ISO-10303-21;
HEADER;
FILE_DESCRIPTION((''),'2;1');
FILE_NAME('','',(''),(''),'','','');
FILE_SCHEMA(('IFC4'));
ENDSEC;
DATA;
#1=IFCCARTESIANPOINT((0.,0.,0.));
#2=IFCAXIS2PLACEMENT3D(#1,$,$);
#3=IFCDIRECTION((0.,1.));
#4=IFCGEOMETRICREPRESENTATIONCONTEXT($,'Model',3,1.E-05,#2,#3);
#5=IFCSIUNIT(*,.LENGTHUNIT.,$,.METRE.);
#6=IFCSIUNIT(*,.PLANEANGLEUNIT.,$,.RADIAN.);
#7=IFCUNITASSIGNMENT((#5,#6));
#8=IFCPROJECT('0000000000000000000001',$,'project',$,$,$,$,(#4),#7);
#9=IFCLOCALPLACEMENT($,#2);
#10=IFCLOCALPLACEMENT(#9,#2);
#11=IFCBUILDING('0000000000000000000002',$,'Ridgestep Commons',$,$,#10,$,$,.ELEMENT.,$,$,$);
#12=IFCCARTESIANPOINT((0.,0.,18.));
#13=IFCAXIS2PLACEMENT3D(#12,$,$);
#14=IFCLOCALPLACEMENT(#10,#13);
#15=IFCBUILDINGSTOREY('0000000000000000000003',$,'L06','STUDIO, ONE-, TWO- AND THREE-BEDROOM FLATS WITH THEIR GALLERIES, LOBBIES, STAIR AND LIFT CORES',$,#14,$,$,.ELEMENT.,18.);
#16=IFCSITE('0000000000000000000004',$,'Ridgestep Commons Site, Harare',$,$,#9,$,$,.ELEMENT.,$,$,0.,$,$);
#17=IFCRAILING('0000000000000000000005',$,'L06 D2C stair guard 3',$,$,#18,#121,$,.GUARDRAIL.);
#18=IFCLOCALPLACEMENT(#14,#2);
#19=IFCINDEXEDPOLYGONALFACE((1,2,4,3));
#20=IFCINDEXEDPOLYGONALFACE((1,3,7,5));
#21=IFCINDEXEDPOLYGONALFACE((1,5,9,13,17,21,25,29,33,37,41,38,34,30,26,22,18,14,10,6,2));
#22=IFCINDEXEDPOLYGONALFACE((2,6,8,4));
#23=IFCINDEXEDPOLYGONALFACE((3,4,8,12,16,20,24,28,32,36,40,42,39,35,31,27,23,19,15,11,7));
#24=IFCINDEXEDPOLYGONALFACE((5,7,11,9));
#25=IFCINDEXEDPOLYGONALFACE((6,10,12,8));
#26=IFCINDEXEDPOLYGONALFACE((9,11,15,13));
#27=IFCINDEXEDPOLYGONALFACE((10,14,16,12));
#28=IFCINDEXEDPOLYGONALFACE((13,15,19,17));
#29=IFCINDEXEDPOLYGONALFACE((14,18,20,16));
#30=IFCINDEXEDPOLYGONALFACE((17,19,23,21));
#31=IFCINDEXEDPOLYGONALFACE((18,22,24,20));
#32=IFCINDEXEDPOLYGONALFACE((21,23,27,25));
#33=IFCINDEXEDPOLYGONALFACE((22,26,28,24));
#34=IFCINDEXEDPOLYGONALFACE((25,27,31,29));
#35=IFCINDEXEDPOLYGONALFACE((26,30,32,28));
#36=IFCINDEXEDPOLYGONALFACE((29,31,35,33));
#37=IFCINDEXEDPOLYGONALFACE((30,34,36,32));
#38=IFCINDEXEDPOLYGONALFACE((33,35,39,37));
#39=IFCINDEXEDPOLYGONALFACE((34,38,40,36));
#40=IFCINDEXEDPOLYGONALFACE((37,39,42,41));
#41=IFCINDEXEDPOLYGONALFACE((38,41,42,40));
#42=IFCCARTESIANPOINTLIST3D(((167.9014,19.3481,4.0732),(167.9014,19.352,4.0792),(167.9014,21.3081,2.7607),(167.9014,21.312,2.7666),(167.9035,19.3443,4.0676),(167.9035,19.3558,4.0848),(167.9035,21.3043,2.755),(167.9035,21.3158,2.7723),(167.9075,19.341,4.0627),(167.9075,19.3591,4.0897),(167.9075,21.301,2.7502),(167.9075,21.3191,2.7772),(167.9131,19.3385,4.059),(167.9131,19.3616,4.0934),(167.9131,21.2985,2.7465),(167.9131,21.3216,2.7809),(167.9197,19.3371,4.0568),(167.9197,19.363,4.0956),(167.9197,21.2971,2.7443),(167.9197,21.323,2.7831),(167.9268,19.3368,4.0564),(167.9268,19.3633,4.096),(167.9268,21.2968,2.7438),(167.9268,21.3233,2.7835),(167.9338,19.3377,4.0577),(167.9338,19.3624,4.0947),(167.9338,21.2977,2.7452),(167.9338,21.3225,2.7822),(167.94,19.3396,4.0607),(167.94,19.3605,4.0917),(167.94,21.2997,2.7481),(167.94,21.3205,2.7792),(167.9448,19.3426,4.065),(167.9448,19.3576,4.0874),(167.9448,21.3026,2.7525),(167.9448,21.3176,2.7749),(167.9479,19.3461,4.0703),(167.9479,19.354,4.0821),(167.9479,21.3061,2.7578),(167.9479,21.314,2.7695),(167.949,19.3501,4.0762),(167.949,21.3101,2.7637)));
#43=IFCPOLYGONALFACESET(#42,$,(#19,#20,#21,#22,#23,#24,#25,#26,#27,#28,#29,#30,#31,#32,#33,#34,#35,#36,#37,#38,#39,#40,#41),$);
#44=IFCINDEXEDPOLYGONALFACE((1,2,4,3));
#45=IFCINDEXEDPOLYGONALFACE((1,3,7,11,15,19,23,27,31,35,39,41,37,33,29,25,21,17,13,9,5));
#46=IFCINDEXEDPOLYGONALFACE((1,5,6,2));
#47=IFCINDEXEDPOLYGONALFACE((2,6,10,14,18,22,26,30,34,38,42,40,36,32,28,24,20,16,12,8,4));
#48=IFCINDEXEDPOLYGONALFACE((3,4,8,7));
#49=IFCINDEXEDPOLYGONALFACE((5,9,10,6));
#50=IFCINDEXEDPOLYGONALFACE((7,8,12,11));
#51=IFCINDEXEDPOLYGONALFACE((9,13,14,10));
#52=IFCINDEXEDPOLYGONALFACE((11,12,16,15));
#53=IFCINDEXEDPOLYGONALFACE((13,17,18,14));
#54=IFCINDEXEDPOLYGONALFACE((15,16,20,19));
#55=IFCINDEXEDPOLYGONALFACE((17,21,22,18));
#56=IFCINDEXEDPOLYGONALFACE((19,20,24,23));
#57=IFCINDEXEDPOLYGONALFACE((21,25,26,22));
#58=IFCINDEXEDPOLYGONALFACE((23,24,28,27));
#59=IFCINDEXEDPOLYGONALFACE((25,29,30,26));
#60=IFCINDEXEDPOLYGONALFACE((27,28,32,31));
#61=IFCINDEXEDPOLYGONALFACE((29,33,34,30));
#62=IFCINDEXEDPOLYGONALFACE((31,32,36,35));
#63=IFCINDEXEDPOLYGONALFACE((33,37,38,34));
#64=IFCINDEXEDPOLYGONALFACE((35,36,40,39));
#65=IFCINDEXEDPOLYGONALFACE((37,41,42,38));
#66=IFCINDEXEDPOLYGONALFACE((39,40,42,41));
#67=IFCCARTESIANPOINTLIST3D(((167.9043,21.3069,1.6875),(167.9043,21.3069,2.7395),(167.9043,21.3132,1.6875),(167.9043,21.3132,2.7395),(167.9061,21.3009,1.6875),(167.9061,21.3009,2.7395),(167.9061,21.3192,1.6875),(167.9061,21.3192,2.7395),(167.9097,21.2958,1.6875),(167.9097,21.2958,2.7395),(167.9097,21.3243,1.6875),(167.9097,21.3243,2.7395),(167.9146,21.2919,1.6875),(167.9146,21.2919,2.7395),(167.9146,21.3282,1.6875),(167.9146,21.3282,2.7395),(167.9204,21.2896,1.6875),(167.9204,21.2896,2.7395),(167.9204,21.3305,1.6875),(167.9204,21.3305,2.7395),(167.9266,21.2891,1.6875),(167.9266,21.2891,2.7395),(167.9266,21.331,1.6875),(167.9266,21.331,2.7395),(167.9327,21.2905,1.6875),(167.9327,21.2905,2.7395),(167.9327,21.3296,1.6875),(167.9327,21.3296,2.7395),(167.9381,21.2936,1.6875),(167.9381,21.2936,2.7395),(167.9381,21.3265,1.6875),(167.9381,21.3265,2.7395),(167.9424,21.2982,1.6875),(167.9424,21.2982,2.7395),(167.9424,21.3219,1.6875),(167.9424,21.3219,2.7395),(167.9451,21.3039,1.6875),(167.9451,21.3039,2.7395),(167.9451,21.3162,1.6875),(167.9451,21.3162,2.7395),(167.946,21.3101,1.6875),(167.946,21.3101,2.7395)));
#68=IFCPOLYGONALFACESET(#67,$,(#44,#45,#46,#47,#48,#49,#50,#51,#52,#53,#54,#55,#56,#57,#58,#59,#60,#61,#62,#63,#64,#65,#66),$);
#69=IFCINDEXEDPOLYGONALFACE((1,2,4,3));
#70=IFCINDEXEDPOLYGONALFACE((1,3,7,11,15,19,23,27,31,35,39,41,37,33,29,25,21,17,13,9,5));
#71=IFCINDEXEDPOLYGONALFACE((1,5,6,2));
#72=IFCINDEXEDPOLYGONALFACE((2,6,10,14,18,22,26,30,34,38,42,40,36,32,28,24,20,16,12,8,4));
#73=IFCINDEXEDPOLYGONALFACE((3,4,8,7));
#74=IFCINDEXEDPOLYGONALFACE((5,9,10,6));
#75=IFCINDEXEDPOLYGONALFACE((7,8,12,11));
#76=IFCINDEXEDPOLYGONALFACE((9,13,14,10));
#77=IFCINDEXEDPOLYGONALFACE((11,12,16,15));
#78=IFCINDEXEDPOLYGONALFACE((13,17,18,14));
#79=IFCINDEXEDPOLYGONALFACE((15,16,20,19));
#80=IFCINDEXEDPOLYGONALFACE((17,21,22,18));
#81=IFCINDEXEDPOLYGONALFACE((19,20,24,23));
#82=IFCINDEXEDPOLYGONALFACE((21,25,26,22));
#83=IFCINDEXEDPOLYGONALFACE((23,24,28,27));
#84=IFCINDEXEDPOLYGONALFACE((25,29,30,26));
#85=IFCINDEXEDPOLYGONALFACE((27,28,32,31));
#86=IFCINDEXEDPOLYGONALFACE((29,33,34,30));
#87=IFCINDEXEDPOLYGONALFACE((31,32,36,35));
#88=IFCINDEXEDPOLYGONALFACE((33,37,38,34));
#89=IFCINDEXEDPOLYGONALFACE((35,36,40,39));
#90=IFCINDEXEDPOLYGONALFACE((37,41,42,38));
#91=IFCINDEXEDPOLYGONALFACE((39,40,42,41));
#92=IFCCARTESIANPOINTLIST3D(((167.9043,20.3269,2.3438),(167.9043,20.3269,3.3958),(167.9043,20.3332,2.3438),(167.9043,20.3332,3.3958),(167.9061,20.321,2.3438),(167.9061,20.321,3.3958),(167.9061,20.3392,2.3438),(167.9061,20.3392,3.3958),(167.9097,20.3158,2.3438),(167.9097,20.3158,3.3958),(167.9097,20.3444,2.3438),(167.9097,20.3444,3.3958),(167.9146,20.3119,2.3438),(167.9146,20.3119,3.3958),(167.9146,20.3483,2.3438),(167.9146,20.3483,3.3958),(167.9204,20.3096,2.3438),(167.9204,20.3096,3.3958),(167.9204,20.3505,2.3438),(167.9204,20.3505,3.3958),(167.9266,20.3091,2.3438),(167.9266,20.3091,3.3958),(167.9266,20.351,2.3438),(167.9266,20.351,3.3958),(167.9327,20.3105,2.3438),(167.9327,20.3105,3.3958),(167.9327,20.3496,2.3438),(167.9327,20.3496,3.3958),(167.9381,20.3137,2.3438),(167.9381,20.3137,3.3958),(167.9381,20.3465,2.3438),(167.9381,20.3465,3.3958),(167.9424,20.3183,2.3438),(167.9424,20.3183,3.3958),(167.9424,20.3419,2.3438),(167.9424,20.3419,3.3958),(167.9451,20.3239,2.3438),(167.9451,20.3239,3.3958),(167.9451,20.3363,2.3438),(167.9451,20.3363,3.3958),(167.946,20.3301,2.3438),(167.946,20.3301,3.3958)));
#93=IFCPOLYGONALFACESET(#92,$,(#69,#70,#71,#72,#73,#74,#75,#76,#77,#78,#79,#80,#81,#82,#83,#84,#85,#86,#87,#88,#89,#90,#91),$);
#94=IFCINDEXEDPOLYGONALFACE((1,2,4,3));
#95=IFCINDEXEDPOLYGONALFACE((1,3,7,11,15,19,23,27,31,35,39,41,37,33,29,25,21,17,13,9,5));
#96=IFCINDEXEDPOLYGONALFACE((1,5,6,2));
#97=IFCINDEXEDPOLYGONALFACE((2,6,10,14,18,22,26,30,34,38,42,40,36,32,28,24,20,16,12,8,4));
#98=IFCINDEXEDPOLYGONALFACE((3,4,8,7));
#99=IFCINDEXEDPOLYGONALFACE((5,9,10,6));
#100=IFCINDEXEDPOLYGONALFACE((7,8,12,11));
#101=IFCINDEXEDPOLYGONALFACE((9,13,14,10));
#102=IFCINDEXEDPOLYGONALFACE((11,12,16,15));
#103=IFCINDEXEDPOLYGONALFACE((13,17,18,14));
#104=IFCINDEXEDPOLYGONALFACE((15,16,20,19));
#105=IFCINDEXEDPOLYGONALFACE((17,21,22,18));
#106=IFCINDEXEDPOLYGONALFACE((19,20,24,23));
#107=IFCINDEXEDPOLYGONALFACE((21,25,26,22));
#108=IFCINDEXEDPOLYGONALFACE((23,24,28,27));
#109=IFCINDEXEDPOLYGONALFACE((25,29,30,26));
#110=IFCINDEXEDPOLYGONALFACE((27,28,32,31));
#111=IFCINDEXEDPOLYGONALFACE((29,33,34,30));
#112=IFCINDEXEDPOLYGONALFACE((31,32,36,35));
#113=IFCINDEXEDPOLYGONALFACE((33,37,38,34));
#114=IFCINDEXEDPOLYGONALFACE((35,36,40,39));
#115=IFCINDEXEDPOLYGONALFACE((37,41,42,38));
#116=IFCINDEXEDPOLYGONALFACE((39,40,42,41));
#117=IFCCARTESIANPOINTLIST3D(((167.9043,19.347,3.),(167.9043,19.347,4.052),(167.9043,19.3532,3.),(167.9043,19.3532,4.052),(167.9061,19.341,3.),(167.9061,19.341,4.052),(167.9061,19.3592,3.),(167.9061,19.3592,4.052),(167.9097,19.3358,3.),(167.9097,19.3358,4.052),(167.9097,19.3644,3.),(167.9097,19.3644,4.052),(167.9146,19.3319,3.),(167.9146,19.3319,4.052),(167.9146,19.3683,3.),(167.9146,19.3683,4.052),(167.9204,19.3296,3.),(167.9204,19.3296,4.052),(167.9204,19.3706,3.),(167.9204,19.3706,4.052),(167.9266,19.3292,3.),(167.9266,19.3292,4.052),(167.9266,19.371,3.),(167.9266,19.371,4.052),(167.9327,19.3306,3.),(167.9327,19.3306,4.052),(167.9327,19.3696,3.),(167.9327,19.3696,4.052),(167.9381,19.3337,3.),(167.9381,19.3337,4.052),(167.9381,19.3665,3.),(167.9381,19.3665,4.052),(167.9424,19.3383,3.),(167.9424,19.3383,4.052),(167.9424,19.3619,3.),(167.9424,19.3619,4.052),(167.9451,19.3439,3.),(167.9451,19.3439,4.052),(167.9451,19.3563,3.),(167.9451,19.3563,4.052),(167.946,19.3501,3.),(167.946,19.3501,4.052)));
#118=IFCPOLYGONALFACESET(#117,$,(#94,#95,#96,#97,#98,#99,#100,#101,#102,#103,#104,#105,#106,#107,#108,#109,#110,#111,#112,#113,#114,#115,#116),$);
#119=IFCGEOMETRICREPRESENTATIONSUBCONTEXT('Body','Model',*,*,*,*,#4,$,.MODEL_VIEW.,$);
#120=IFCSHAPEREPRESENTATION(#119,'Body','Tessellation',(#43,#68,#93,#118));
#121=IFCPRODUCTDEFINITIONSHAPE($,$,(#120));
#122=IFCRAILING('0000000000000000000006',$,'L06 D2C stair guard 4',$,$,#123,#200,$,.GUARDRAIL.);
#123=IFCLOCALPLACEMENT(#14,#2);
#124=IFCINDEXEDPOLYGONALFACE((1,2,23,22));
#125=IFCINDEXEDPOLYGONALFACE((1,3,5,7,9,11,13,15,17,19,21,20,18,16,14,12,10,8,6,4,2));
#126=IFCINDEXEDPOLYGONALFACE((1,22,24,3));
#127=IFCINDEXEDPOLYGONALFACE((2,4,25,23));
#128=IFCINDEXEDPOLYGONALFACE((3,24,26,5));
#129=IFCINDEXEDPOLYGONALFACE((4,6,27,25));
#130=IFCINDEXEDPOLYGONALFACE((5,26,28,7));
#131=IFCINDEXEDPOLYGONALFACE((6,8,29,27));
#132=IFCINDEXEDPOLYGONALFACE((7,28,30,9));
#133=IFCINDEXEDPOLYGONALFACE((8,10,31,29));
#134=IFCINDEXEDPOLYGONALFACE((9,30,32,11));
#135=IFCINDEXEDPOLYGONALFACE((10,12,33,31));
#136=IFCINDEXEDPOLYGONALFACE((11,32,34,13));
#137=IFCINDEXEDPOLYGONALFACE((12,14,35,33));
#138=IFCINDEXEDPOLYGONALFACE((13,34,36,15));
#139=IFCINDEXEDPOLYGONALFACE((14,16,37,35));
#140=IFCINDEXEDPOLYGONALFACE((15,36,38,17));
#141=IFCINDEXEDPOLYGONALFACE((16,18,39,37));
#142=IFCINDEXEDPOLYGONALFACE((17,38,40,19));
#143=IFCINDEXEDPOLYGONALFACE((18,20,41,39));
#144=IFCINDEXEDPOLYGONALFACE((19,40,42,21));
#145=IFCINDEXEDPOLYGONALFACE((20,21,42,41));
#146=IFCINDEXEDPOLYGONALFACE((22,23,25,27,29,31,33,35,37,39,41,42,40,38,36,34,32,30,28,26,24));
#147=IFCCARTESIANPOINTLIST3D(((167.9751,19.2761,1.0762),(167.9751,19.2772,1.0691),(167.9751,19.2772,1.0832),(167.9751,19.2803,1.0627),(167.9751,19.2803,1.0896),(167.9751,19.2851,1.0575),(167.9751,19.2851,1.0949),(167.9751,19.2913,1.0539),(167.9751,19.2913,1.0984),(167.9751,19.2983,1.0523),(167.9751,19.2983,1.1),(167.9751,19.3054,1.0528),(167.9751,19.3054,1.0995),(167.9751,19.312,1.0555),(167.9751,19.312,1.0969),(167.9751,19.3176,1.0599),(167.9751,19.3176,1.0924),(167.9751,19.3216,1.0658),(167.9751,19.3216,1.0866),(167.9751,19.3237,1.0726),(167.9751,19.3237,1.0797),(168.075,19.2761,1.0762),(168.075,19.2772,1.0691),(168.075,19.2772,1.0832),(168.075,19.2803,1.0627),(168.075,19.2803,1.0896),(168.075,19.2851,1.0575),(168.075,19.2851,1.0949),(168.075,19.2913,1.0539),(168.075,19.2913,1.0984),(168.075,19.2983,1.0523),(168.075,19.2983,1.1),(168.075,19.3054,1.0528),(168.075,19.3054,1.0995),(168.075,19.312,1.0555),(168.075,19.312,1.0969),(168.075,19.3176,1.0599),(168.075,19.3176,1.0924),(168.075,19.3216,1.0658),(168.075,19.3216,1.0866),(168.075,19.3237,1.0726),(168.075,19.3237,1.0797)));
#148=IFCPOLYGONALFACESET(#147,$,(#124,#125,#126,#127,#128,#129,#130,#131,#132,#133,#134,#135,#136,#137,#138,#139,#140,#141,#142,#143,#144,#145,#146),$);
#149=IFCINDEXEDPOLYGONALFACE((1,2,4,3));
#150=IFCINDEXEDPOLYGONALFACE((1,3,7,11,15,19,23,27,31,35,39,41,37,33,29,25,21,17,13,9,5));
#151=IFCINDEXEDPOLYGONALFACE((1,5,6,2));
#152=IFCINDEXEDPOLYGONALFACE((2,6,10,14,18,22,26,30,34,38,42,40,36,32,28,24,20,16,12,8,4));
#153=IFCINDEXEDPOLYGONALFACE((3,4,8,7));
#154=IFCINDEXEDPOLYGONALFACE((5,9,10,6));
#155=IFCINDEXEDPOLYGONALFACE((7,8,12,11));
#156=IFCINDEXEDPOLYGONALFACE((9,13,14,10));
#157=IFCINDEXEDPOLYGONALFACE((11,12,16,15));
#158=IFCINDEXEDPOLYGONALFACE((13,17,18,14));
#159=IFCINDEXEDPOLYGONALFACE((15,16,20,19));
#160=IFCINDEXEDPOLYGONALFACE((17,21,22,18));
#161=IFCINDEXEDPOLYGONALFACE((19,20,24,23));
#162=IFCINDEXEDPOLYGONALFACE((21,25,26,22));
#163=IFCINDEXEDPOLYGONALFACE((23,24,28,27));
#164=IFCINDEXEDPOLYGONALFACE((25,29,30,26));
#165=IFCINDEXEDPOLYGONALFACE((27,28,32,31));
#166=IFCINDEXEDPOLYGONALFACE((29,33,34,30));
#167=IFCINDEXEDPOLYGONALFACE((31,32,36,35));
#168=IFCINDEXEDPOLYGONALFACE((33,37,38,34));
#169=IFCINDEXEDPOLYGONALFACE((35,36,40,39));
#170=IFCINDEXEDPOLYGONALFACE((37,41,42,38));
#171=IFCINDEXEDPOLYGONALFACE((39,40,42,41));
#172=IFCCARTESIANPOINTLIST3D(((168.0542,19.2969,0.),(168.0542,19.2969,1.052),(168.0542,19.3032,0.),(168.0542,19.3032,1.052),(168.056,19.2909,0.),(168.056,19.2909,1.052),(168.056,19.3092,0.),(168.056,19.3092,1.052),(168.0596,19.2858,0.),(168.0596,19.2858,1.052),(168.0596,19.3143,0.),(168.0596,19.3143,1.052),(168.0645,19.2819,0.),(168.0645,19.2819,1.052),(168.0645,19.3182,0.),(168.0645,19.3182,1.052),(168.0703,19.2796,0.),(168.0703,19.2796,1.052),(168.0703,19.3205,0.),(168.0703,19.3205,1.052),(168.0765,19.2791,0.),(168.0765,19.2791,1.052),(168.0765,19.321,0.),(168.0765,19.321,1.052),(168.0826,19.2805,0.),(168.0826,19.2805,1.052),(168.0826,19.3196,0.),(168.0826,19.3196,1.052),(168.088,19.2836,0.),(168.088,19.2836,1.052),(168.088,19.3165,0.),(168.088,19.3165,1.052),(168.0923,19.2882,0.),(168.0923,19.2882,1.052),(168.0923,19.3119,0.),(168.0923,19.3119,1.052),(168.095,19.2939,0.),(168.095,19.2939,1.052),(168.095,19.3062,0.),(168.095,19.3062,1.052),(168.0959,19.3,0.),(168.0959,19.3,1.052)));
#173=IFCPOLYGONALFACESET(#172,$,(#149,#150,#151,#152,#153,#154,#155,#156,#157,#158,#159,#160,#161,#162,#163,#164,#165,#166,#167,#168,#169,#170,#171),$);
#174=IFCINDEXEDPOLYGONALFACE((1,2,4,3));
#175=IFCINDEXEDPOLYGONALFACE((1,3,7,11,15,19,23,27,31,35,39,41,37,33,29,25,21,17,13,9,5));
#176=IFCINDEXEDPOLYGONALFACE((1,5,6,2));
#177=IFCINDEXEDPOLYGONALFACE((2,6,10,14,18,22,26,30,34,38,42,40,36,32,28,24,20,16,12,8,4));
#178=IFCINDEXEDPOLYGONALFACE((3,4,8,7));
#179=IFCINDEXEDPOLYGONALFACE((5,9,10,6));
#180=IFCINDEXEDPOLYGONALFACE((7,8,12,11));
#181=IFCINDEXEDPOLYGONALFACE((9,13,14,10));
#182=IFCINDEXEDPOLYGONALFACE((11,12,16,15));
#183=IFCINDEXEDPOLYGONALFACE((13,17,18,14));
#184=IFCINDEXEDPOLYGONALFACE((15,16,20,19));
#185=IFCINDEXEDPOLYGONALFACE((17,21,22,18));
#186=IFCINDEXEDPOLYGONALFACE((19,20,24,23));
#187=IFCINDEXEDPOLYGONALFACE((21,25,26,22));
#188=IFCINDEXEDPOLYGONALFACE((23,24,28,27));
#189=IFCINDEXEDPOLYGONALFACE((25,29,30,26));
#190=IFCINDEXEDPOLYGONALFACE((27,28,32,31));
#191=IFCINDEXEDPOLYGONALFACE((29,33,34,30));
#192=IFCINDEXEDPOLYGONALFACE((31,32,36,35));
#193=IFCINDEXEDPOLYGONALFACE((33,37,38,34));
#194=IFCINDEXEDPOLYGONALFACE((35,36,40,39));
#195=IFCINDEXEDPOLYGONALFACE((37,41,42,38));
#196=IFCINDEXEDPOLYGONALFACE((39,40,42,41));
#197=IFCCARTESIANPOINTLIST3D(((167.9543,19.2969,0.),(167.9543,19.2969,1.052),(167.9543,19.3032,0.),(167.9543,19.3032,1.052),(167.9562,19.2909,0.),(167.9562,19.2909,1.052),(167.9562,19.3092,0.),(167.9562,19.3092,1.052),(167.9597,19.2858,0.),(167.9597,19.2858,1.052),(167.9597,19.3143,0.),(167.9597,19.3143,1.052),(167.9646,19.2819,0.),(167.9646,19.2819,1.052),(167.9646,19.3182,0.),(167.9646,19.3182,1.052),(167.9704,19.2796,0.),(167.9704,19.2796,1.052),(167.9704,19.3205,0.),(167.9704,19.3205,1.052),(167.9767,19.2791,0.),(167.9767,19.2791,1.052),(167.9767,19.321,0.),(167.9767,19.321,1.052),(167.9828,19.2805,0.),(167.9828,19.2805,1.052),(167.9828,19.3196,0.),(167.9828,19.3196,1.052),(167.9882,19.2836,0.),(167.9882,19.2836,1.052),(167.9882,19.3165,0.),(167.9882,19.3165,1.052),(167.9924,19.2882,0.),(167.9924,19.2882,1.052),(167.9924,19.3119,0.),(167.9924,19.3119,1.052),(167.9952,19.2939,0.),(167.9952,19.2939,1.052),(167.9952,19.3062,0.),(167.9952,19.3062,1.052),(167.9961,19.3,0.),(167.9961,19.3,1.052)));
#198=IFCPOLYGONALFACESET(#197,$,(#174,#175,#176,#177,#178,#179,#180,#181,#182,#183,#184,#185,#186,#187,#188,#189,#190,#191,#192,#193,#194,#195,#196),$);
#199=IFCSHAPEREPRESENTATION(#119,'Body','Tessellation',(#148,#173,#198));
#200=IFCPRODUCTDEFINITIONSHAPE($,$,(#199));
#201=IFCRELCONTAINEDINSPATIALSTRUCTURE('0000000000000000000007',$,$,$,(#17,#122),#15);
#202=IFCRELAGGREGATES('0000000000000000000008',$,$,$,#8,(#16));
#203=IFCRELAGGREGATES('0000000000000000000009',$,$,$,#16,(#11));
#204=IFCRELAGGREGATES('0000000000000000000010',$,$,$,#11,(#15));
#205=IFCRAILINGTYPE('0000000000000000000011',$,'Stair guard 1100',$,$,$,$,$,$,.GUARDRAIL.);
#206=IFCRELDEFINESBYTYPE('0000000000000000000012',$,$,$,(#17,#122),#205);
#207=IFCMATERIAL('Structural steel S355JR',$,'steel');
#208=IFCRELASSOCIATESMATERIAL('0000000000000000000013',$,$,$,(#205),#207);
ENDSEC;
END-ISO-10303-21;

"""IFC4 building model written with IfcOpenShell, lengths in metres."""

from ifc_helpers import new_model, si_unit, direction, frame, origin, origin_2d, place, context, subcontext, project, spatial, circle, extrude, material, type_object, element, save


model = new_model("IFC4")

# Units and contexts
model_context = context("Model", 3, precision=1e-05, world=origin(), true_north=direction((0.0, 1.0)))
body_context = subcontext(model_context, "Body", "Model", "MODEL_VIEW")
ifc_project = project(units=[si_unit("LENGTHUNIT", "METRE"), si_unit("PLANEANGLEUNIT", "RADIAN")], contexts=[model_context])

# Site, building, storey
site_placement = place(None, origin())
site = spatial("IfcSite", under=ifc_project, at=site_placement, Name="Ridgestep Commons Site, Harare", CompositionType="ELEMENT", RefElevation=0.0)
building_placement = place(site_placement, origin())
building = spatial("IfcBuilding", under=site, at=building_placement, Name="Ridgestep Commons", CompositionType="ELEMENT")
storey_placement = place(building_placement, frame((0.0, 0.0, 18.0)))
storey = spatial("IfcBuildingStorey", under=building, at=storey_placement, Name="L06", Description="STUDIO, ONE-, TWO- AND THREE-BEDROOM FLATS WITH THEIR GALLERIES, LOBBIES, STAIR AND LIFT CORES", CompositionType="ELEMENT", Elevation=18.0)

# Railings
ifc_material_1 = material(Name="Structural steel S355JR", Category="steel")
railing_type_1 = type_object("IfcRailingType", Name="Stair guard 1100", PredefinedType="GUARDRAIL", material=ifc_material_1)
railing_1_placement = place(storey_placement, frame((167.925, 21.3101, 1.6875)))
element("IfcRailing", 1, at=railing_1_placement, inside=storey, type_object=railing_type_1, Name="L06 D2C stair guard 3", PredefinedType="GUARDRAIL", context=body_context, shape_type="SweptSolid", body=[
    extrude(circle(Radius=0.0239, at=origin_2d()), frame((0.0, 0.0, 1.0762), z_axis=(0.0, -0.830902, 0.556419), x_axis=(1.0, 0.0, 0.0)), (0.0, 0.0, 1.0), 2.3589),
    extrude(circle(Radius=0.021, at=origin_2d()), origin(), (0.0, 0.0, 1.0), 1.052),
    extrude(circle(Radius=0.021, at=origin_2d()), frame((0.0, -0.98, 0.6562)), (0.0, 0.0, 1.0), 1.052),
    extrude(circle(Radius=0.021, at=origin_2d()), frame((0.0, -1.96, 1.3125)), (0.0, 0.0, 1.0), 1.052),
])
railing_2_placement = place(storey_placement, frame((168.075, 19.3, 0.0)))
element("IfcRailing", 2, at=railing_2_placement, inside=storey, type_object=railing_type_1, Name="L06 D2C stair guard 4", PredefinedType="GUARDRAIL", context=body_context, shape_type="SweptSolid", body=[
    extrude(circle(Radius=0.0239, at=origin_2d()), frame((0.0, 0.0, 1.0762), z_axis=(-1.0, 0.0, 0.0), x_axis=(0.0, -1.0, 0.0)), (0.0, 0.0, 1.0), 0.0999),
    extrude(circle(Radius=0.021, at=origin_2d()), origin(), (0.0, 0.0, 1.0), 1.052),
    extrude(circle(Radius=0.021, at=origin_2d()), frame((-0.0999, 0.0, 0.0)), (0.0, 0.0, 1.0), 1.052),
])

save(model, "model.ifc")
